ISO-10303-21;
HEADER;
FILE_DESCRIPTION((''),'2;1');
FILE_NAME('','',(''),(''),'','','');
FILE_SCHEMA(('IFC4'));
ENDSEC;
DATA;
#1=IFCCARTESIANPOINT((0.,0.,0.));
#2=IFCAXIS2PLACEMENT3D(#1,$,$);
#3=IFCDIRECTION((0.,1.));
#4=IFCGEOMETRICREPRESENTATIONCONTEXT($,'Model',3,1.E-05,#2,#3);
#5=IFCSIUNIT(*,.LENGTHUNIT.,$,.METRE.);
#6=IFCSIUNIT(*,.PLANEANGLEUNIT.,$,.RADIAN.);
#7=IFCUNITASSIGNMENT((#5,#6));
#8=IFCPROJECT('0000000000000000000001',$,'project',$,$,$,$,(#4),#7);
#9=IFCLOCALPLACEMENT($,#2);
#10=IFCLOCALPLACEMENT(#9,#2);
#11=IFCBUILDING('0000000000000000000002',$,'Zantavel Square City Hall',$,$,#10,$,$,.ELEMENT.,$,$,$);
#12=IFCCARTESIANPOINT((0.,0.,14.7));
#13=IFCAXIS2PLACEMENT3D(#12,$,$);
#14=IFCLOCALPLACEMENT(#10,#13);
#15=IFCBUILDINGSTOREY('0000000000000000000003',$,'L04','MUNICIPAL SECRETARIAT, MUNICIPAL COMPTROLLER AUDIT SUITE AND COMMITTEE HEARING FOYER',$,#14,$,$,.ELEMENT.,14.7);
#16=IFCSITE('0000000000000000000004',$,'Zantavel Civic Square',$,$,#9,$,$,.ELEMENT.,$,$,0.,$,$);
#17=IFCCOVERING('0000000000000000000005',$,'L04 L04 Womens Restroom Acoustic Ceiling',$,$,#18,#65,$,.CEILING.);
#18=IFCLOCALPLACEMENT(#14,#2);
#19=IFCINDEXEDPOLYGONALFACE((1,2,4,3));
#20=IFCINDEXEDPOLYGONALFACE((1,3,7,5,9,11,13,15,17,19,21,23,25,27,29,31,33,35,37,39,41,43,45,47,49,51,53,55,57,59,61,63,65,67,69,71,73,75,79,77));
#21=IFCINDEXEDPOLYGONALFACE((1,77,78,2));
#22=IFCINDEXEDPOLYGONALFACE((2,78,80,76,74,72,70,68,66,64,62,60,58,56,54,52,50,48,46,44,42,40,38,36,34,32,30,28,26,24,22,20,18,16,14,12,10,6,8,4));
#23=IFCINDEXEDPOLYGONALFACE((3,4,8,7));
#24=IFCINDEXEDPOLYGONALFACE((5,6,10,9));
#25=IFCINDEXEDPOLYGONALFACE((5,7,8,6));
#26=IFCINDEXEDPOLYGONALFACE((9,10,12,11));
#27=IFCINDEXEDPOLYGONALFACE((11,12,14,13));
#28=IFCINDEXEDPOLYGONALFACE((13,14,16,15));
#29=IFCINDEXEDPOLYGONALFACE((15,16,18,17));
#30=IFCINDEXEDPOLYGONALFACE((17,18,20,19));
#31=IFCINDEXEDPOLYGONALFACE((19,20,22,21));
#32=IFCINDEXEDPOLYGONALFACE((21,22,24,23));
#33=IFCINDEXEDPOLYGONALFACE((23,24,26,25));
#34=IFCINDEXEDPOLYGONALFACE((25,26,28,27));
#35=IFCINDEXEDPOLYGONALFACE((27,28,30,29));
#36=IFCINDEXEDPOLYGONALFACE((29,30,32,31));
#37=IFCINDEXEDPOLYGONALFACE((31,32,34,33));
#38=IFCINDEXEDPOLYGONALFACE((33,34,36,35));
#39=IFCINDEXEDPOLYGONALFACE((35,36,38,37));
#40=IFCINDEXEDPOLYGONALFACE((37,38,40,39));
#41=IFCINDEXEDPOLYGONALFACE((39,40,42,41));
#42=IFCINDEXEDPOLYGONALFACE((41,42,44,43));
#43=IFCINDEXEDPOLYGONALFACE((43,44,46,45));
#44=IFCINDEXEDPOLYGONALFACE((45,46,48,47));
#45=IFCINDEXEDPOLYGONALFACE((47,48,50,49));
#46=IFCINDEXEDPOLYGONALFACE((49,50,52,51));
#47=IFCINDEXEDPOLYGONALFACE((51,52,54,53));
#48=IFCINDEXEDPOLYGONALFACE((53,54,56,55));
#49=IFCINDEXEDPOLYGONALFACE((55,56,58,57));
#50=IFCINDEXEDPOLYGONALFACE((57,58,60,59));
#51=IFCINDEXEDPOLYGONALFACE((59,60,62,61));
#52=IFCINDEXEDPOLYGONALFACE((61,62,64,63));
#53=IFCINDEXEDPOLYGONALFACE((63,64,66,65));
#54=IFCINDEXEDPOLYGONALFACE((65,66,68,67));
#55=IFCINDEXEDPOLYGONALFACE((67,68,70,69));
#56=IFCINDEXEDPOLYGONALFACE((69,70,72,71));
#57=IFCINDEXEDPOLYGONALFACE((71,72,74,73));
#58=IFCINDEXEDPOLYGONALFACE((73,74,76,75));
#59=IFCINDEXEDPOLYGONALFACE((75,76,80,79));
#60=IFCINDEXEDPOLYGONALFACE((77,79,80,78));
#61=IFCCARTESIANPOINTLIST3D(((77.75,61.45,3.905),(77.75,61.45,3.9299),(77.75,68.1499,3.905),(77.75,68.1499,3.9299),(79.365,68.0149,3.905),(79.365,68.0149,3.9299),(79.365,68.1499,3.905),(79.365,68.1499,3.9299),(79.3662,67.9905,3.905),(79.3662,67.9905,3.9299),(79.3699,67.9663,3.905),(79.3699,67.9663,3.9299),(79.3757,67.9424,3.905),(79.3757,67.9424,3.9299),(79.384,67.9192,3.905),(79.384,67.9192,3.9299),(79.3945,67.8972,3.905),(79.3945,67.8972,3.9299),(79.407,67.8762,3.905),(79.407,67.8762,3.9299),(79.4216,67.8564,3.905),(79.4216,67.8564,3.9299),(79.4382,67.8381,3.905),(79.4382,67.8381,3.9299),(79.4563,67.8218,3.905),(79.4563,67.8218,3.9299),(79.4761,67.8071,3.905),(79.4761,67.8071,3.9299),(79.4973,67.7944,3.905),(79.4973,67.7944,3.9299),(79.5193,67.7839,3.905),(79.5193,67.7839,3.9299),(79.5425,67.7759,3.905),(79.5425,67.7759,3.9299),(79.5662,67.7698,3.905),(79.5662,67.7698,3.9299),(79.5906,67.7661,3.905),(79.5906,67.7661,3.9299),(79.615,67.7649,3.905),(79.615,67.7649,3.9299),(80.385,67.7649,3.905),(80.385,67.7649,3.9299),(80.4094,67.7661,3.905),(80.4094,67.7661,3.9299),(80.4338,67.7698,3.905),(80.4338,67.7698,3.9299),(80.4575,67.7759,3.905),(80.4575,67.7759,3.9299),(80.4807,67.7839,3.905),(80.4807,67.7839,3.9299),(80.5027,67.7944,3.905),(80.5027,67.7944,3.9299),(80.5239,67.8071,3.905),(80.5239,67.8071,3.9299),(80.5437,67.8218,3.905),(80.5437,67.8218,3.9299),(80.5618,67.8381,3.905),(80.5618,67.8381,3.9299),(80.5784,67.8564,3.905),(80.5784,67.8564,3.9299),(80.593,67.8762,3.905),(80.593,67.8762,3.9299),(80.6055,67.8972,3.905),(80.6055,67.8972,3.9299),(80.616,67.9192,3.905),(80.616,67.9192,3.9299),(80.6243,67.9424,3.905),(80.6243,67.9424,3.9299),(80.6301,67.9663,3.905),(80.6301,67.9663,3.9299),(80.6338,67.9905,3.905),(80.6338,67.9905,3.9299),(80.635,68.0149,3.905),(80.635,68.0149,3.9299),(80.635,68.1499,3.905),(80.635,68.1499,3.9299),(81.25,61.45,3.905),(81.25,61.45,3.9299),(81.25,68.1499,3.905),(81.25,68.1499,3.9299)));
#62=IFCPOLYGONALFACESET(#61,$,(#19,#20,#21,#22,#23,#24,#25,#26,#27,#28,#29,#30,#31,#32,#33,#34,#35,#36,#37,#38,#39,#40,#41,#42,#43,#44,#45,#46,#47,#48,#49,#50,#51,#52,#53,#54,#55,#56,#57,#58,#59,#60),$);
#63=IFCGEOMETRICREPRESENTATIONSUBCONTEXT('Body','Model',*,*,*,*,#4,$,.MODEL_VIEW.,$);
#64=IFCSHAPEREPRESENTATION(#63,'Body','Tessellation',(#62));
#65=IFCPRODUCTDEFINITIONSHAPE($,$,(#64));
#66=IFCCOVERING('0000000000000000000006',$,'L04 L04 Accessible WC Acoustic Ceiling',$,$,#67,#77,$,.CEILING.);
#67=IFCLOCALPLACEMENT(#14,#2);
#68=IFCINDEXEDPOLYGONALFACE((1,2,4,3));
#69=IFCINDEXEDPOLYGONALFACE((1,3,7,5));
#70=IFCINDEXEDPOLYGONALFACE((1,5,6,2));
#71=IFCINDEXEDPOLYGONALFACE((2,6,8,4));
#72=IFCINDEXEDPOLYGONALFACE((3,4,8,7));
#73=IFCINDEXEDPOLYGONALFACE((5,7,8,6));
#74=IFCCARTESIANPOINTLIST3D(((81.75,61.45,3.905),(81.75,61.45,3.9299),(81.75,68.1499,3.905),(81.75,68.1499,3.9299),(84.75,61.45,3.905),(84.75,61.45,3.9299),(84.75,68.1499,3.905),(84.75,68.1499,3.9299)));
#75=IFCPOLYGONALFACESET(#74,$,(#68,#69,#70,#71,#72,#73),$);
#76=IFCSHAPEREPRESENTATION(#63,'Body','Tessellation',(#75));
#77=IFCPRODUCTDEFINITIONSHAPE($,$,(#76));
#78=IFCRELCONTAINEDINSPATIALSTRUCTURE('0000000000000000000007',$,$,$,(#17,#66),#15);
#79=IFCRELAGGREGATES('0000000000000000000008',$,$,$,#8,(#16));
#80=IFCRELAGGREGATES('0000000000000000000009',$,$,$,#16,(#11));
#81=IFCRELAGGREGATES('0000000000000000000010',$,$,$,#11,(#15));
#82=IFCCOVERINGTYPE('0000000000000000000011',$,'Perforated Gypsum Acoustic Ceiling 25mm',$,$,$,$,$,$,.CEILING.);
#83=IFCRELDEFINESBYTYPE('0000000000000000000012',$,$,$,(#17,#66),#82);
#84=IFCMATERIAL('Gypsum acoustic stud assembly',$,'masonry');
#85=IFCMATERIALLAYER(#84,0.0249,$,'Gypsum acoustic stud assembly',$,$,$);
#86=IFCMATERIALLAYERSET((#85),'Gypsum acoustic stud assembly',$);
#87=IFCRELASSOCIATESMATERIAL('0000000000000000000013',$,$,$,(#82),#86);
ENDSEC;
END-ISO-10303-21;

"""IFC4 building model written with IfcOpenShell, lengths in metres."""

from ifc_helpers import new_model, si_unit, direction, frame, origin, place, context, subcontext, project, spatial, polyline, outline, extrude, material, layer, layer_set, type_object, element, save


model = new_model("IFC4")

# Units and contexts
model_context = context("Model", 3, precision=1e-05, world=origin(), true_north=direction((0.0, 1.0)))
body_context = subcontext(model_context, "Body", "Model", "MODEL_VIEW")
ifc_project = project(units=[si_unit("LENGTHUNIT", "METRE"), si_unit("PLANEANGLEUNIT", "RADIAN")], contexts=[model_context])

# Site, building, storey
site_placement = place(None, origin())
site = spatial("IfcSite", under=ifc_project, at=site_placement, Name="Zantavel Civic Square", CompositionType="ELEMENT", RefElevation=0.0)
building_placement = place(site_placement, origin())
building = spatial("IfcBuilding", under=site, at=building_placement, Name="Zantavel Square City Hall", CompositionType="ELEMENT")
storey_placement = place(building_placement, frame((0.0, 0.0, 14.7)))
storey = spatial("IfcBuildingStorey", under=building, at=storey_placement, Name="L04", Description="MUNICIPAL SECRETARIAT, MUNICIPAL COMPTROLLER AUDIT SUITE AND COMMITTEE HEARING FOYER", CompositionType="ELEMENT", Elevation=14.7)

# Coverings
ifc_material_1 = material(Name="Gypsum acoustic stud assembly", Category="masonry")
ifc_layer_1 = layer(ifc_material_1, 0.0249, Name="Gypsum acoustic stud assembly")
ifc_layer_set_1 = layer_set([ifc_layer_1], Name="Gypsum acoustic stud assembly")
covering_type_1 = type_object("IfcCoveringType", Name="Perforated Gypsum Acoustic Ceiling 25mm", PredefinedType="CEILING", material=ifc_layer_set_1)
covering_1_placement = place(storey_placement, frame((0.0, 0.0, 3.905)))
element("IfcCovering", 1, at=covering_1_placement, inside=storey, type_object=covering_type_1, Name="L04 L04 Womens Restroom Acoustic Ceiling", PredefinedType="CEILING", context=body_context, shape_type="SweptSolid", body=[
    extrude(outline(polyline([(79.3662, 67.9905), (79.3699, 67.9663), (79.3757, 67.9424), (79.384, 67.9192), (79.3945, 67.8972), (79.407, 67.8762), (79.4216, 67.8564), (79.4382, 67.8381), (79.4563, 67.8218), (79.4761, 67.8071), (79.4973, 67.7944), (79.5193, 67.7839), (79.5425, 67.7759), (79.5662, 67.7698), (79.5906, 67.7661), (79.615, 67.7649), (80.385, 67.7649), (80.4094, 67.7661), (80.4338, 67.7698), (80.4575, 67.7759), (80.4807, 67.7839), (80.5027, 67.7944), (80.5239, 67.8071), (80.5437, 67.8218), (80.5618, 67.8381), (80.5784, 67.8564), (80.593, 67.8762), (80.6055, 67.8972), (80.616, 67.9192), (80.6243, 67.9424), (80.6301, 67.9663), (80.6338, 67.9905), (80.635, 68.0149), (80.635, 68.1499), (81.25, 68.1499), (81.25, 61.45), (77.75, 61.45), (77.75, 68.1499), (79.365, 68.1499), (79.365, 68.0149), (79.3662, 67.9905)])), origin(), (0.0, 0.0, 1.0), 0.0249),
])
covering_2_placement = place(storey_placement, frame((0.0, 0.0, 3.905)))
element("IfcCovering", 2, at=covering_2_placement, inside=storey, type_object=covering_type_1, Name="L04 L04 Accessible WC Acoustic Ceiling", PredefinedType="CEILING", context=body_context, shape_type="SweptSolid", body=[
    extrude(outline(polyline([(81.75, 61.45), (81.75, 68.1499), (84.75, 68.1499), (84.75, 61.45), (81.75, 61.45)])), origin(), (0.0, 0.0, 1.0), 0.0249),
])

save(model, "model.ifc")
